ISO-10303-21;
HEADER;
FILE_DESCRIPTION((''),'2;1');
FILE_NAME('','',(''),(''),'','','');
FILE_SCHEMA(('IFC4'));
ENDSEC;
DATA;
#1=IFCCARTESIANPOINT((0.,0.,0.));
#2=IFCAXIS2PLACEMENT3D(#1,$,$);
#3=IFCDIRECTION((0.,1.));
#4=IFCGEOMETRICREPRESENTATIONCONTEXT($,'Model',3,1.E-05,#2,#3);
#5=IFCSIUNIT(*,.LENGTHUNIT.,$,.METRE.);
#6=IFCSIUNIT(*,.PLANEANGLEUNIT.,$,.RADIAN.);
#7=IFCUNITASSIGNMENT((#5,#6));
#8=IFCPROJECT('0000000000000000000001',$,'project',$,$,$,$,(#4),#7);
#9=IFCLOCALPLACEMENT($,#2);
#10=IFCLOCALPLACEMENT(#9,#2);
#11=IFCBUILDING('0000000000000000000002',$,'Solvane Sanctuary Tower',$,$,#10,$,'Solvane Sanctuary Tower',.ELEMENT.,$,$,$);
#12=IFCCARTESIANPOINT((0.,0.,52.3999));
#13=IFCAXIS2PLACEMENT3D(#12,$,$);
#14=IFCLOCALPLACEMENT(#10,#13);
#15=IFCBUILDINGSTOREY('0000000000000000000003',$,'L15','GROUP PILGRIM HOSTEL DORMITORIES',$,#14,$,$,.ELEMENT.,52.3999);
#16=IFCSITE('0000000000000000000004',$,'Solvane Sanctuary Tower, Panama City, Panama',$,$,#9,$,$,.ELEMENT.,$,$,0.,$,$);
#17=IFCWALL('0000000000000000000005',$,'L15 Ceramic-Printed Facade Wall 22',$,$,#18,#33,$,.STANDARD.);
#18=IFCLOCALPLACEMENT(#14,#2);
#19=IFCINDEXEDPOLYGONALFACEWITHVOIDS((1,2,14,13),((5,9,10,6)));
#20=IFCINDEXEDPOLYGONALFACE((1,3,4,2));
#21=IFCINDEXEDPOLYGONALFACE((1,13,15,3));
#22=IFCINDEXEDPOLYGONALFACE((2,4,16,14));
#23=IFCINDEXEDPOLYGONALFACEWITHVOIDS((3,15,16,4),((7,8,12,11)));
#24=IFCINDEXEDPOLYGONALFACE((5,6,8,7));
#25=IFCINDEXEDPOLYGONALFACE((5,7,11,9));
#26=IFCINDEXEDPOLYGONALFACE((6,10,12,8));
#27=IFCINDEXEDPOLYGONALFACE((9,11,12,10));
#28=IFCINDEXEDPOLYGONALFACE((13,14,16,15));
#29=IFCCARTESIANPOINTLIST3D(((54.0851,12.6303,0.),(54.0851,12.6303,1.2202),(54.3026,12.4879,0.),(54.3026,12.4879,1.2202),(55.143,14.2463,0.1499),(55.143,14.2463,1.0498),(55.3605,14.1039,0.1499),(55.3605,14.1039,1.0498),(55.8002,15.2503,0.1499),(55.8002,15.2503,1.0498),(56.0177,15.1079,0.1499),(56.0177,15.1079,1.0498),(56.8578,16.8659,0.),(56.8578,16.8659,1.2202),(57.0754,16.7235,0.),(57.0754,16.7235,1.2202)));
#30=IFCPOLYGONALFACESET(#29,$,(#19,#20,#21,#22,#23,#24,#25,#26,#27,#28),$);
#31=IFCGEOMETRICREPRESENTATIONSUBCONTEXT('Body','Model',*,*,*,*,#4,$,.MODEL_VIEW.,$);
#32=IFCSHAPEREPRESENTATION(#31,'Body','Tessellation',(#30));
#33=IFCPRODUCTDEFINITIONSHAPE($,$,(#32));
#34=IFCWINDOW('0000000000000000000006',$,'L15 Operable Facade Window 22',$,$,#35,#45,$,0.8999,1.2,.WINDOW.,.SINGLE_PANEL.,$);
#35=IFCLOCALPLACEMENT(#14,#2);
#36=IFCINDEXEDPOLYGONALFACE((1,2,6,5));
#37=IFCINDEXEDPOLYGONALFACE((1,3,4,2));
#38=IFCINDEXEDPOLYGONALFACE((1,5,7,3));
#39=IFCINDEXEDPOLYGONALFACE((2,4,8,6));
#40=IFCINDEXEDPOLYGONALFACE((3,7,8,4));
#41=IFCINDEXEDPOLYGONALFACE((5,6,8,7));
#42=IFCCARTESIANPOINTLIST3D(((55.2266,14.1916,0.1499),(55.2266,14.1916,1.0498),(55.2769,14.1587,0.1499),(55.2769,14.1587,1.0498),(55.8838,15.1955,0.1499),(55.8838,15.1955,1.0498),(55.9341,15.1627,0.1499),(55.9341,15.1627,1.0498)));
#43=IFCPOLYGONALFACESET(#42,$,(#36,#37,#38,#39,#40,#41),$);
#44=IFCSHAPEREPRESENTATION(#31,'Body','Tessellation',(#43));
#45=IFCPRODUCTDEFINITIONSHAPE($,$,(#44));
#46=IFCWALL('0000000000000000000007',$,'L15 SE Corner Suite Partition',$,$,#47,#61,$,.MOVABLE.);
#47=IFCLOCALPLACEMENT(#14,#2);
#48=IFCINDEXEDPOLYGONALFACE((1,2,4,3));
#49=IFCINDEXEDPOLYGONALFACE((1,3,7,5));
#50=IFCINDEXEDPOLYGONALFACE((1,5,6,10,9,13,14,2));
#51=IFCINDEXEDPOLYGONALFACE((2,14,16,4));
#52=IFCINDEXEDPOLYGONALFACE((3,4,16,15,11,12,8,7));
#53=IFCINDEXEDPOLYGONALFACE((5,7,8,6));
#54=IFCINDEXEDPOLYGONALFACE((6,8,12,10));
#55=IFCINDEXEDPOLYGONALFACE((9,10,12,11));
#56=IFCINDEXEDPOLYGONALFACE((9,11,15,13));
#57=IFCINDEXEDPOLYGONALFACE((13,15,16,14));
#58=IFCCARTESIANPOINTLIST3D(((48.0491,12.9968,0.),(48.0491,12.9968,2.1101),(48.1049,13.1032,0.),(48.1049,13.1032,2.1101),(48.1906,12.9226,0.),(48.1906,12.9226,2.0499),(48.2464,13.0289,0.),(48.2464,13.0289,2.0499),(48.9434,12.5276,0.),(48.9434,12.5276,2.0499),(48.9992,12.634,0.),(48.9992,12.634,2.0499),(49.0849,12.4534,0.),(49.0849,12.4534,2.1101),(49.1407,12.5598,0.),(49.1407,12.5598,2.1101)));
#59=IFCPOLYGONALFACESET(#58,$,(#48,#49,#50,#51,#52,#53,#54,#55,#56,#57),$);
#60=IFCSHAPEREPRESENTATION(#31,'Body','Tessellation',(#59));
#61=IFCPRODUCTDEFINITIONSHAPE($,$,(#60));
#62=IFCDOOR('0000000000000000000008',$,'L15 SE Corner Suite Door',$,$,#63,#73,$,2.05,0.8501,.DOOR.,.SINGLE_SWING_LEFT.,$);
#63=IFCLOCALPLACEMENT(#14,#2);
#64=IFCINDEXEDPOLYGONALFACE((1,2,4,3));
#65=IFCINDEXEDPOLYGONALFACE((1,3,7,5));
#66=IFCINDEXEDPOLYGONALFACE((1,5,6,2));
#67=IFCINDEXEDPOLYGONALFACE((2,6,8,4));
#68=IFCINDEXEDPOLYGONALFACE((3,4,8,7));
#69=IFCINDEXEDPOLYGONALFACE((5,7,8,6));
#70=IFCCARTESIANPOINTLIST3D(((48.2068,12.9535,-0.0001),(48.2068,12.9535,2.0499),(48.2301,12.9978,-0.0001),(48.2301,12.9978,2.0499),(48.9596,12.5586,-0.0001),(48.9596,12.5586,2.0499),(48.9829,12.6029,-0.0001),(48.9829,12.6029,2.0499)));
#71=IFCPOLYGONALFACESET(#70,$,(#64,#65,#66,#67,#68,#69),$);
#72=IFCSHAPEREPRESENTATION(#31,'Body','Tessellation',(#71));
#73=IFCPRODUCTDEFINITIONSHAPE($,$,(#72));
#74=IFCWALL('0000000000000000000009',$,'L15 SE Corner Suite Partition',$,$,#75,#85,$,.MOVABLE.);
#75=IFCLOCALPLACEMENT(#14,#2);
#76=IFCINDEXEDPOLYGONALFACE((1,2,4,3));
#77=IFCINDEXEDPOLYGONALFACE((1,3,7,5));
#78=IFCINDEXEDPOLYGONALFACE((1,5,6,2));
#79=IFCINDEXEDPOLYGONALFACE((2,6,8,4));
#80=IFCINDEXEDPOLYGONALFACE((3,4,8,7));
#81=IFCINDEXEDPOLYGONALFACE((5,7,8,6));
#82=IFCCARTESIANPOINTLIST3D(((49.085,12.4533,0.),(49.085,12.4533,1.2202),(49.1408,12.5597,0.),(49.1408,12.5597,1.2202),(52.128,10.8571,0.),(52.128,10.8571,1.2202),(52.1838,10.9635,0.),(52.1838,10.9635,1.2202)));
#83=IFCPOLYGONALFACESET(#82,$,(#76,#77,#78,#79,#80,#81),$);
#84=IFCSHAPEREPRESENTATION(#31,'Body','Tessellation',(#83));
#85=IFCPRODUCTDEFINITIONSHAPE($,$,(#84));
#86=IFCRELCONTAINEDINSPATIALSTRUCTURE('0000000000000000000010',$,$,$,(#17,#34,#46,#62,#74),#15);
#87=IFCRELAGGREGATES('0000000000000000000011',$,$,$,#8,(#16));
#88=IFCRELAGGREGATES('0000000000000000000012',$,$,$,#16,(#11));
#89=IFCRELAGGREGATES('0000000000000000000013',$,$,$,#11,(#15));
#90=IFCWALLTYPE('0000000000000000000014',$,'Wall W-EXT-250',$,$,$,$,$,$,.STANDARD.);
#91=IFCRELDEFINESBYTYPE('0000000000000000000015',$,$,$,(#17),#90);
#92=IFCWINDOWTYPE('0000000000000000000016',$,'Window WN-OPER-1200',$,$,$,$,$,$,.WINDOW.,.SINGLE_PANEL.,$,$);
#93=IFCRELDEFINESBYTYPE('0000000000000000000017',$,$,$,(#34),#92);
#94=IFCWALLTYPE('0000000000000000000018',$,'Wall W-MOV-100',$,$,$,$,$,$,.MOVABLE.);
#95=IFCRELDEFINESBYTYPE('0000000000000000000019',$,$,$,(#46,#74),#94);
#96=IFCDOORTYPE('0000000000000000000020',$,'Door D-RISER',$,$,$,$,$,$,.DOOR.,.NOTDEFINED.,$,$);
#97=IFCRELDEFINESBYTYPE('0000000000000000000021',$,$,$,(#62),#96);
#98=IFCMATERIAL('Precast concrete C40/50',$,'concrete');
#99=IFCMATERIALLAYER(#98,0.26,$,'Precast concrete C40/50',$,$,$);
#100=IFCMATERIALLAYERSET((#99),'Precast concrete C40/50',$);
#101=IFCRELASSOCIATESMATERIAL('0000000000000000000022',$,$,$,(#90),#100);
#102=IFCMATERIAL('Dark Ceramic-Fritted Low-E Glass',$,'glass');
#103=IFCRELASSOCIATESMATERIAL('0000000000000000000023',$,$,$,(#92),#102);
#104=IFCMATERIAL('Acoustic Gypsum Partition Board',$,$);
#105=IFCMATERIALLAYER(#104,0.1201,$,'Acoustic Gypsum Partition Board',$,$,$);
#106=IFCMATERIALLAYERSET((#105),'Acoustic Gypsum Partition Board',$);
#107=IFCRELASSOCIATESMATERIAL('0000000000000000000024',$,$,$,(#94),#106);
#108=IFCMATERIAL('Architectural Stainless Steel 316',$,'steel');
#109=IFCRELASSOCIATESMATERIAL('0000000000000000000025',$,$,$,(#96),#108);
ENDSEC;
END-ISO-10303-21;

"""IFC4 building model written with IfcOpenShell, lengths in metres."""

from ifc_helpers import new_model, si_unit, direction, frame, frame_2d, origin, place, context, subcontext, project, spatial, rectangle, extrude, material, layer, layer_set, type_object, element, fill, save


model = new_model("IFC4")

# Units and contexts
model_context = context("Model", 3, precision=1e-05, world=origin(), true_north=direction((0.0, 1.0)))
body_context = subcontext(model_context, "Body", "Model", "MODEL_VIEW")
ifc_project = project(units=[si_unit("LENGTHUNIT", "METRE"), si_unit("PLANEANGLEUNIT", "RADIAN")], contexts=[model_context])

# Site, building, storey
site_placement = place(None, origin())
site = spatial("IfcSite", under=ifc_project, at=site_placement, Name="Solvane Sanctuary Tower, Panama City, Panama", CompositionType="ELEMENT", RefElevation=0.0)
building_placement = place(site_placement, origin())
building = spatial("IfcBuilding", under=site, at=building_placement, Name="Solvane Sanctuary Tower", LongName="Solvane Sanctuary Tower", CompositionType="ELEMENT")
storey_placement = place(building_placement, frame((0.0, 0.0, 52.3999)))
storey = spatial("IfcBuildingStorey", under=building, at=storey_placement, Name="L15", Description="GROUP PILGRIM HOSTEL DORMITORIES", CompositionType="ELEMENT", Elevation=52.3999)

# Shared definitions
ifc_material_1 = material(Name="Dark Ceramic-Fritted Low-E Glass", Category="glass")

# Shared definitions
ifc_material_2 = material(Name="Acoustic Gypsum Partition Board")

# Shared definitions
ifc_material_3 = material(Name="Precast concrete C40/50", Category="concrete")
ifc_layer_1 = layer(ifc_material_3, 0.26, Name="Precast concrete C40/50")
ifc_layer_set_1 = layer_set([ifc_layer_1], Name="Precast concrete C40/50")
wall_type_1 = type_object("IfcWallType", Name="Wall W-EXT-250", PredefinedType="STANDARD", material=ifc_layer_set_1)

# Wall, opening, window
window_type = type_object("IfcWindowType", Name="Window WN-OPER-1200", PartitioningType="SINGLE_PANEL", PredefinedType="WINDOW", material=ifc_material_1)
wall_1_placement = place(storey_placement, frame((54.1938, 12.5591, 0.0), z_axis=(0.0, 0.0, 1.0), x_axis=(0.547703, 0.836673, 0.0)))
wall_1 = element("IfcWall", 1, at=wall_1_placement, inside=storey, type_object=wall_type_1, Name="L15 Ceramic-Printed Facade Wall 22", PredefinedType="STANDARD", context=body_context, shape_type="SweptSolid", body=[
    extrude(rectangle(XDim=5.0625, YDim=0.26, at=frame_2d((2.5312, 0.0))), origin(), (0.0, 0.0, 1.0), 1.2202),
])
opening_1_placement = place(wall_1_placement, frame((1.9314, 0.0, 0.1499)))
opening_1 = element("IfcOpeningElement", 2, at=opening_1_placement, cuts=wall_1, PredefinedType="OPENING", context=body_context, shape_type="SweptSolid", body=[
    extrude(rectangle(XDim=1.2, YDim=0.8999, at=frame_2d((0.6001, 0.45))), frame((0.0, 0.1399, 0.0), z_axis=(0.0, -1.0, 0.0), x_axis=(1.0, 0.0, 0.0)), (0.0, 0.0, 1.0), 0.28),
])
window_1_placement = place(opening_1_placement, origin())
window_1 = element("IfcWindow", 3, at=window_1_placement, inside=storey, type_object=window_type, Name="L15 Operable Facade Window 22", OverallHeight=0.8999, OverallWidth=1.2, PartitioningType="SINGLE_PANEL", PredefinedType="WINDOW", context=body_context, shape_type="SweptSolid", body=[
    extrude(rectangle(XDim=1.2, YDim=0.8999, at=frame_2d((0.6001, 0.45))), frame((0.0, 0.03, 0.0), z_axis=(0.0, -1.0, 0.0), x_axis=(1.0, 0.0, 0.0)), (0.0, 0.0, 1.0), 0.0601),
])
fill(opening_1, window_1)

# Wall, opening, door
ifc_layer_2 = layer(ifc_material_2, 0.1201, Name="Acoustic Gypsum Partition Board")
ifc_layer_set_2 = layer_set([ifc_layer_2], Name="Acoustic Gypsum Partition Board")
wall_type_2 = type_object("IfcWallType", Name="Wall W-MOV-100", PredefinedType="MOVABLE", material=ifc_layer_set_2)
wall_2_placement = place(storey_placement, frame((48.0769, 13.05, 0.0), z_axis=(0.0, 0.0, 1.0), x_axis=(0.885533, -0.464576, 0.0)))
wall_2 = element("IfcWall", 4, at=wall_2_placement, inside=storey, type_object=wall_type_2, Name="L15 SE Corner Suite Partition", PredefinedType="MOVABLE", context=body_context, shape_type="SweptSolid", body=[
    extrude(rectangle(XDim=1.1697, YDim=0.1201, at=frame_2d((0.585, 0.0))), origin(), (0.0, 0.0, 1.0), 2.1101),
])
opening_2_placement = place(wall_2_placement, frame((0.1599, 0.0, 0.0)))
opening_2 = element("IfcOpeningElement", 5, at=opening_2_placement, cuts=wall_2, PredefinedType="OPENING", context=body_context, shape_type="SweptSolid", body=[
    extrude(rectangle(XDim=0.8501, YDim=2.05, at=frame_2d((0.425, 1.0249))), frame((0.0, 0.0701, 0.0), z_axis=(0.0, -1.0, 0.0), x_axis=(1.0, 0.0, 0.0)), (0.0, 0.0, 1.0), 0.1401),
])
ifc_material_4 = material(Name="Architectural Stainless Steel 316", Category="steel")
door_type_1 = type_object("IfcDoorType", Name="Door D-RISER", OperationType="NOTDEFINED", PredefinedType="DOOR", material=ifc_material_4)
door_1_placement = place(opening_2_placement, origin())
door_1 = element("IfcDoor", 6, at=door_1_placement, inside=storey, type_object=door_type_1, Name="L15 SE Corner Suite Door", OperationType="SINGLE_SWING_LEFT", OverallHeight=2.05, OverallWidth=0.8501, PredefinedType="DOOR", context=body_context, shape_type="SweptSolid", body=[
    extrude(rectangle(XDim=0.8501, YDim=2.05, at=frame_2d((0.425, 1.0249))), frame((0.0, 0.0249, 0.0), z_axis=(0.0, -1.0, 0.0), x_axis=(1.0, 0.0, 0.0)), (0.0, 0.0, 1.0), 0.05),
])
fill(opening_2, door_1)

# Wall
wall_3_placement = place(storey_placement, frame((49.1128, 12.5066, 0.0), z_axis=(0.0, 0.0, 1.0), x_axis=(0.885562, -0.464522, 0.0)))
element("IfcWall", 7, at=wall_3_placement, inside=storey, type_object=wall_type_2, Name="L15 SE Corner Suite Partition", PredefinedType="MOVABLE", context=body_context, shape_type="SweptSolid", body=[
    extrude(rectangle(XDim=3.4363, YDim=0.1201, at=frame_2d((1.7183, 0.0))), origin(), (0.0, 0.0, 1.0), 1.2202),
])

save(model, "model.ifc")
